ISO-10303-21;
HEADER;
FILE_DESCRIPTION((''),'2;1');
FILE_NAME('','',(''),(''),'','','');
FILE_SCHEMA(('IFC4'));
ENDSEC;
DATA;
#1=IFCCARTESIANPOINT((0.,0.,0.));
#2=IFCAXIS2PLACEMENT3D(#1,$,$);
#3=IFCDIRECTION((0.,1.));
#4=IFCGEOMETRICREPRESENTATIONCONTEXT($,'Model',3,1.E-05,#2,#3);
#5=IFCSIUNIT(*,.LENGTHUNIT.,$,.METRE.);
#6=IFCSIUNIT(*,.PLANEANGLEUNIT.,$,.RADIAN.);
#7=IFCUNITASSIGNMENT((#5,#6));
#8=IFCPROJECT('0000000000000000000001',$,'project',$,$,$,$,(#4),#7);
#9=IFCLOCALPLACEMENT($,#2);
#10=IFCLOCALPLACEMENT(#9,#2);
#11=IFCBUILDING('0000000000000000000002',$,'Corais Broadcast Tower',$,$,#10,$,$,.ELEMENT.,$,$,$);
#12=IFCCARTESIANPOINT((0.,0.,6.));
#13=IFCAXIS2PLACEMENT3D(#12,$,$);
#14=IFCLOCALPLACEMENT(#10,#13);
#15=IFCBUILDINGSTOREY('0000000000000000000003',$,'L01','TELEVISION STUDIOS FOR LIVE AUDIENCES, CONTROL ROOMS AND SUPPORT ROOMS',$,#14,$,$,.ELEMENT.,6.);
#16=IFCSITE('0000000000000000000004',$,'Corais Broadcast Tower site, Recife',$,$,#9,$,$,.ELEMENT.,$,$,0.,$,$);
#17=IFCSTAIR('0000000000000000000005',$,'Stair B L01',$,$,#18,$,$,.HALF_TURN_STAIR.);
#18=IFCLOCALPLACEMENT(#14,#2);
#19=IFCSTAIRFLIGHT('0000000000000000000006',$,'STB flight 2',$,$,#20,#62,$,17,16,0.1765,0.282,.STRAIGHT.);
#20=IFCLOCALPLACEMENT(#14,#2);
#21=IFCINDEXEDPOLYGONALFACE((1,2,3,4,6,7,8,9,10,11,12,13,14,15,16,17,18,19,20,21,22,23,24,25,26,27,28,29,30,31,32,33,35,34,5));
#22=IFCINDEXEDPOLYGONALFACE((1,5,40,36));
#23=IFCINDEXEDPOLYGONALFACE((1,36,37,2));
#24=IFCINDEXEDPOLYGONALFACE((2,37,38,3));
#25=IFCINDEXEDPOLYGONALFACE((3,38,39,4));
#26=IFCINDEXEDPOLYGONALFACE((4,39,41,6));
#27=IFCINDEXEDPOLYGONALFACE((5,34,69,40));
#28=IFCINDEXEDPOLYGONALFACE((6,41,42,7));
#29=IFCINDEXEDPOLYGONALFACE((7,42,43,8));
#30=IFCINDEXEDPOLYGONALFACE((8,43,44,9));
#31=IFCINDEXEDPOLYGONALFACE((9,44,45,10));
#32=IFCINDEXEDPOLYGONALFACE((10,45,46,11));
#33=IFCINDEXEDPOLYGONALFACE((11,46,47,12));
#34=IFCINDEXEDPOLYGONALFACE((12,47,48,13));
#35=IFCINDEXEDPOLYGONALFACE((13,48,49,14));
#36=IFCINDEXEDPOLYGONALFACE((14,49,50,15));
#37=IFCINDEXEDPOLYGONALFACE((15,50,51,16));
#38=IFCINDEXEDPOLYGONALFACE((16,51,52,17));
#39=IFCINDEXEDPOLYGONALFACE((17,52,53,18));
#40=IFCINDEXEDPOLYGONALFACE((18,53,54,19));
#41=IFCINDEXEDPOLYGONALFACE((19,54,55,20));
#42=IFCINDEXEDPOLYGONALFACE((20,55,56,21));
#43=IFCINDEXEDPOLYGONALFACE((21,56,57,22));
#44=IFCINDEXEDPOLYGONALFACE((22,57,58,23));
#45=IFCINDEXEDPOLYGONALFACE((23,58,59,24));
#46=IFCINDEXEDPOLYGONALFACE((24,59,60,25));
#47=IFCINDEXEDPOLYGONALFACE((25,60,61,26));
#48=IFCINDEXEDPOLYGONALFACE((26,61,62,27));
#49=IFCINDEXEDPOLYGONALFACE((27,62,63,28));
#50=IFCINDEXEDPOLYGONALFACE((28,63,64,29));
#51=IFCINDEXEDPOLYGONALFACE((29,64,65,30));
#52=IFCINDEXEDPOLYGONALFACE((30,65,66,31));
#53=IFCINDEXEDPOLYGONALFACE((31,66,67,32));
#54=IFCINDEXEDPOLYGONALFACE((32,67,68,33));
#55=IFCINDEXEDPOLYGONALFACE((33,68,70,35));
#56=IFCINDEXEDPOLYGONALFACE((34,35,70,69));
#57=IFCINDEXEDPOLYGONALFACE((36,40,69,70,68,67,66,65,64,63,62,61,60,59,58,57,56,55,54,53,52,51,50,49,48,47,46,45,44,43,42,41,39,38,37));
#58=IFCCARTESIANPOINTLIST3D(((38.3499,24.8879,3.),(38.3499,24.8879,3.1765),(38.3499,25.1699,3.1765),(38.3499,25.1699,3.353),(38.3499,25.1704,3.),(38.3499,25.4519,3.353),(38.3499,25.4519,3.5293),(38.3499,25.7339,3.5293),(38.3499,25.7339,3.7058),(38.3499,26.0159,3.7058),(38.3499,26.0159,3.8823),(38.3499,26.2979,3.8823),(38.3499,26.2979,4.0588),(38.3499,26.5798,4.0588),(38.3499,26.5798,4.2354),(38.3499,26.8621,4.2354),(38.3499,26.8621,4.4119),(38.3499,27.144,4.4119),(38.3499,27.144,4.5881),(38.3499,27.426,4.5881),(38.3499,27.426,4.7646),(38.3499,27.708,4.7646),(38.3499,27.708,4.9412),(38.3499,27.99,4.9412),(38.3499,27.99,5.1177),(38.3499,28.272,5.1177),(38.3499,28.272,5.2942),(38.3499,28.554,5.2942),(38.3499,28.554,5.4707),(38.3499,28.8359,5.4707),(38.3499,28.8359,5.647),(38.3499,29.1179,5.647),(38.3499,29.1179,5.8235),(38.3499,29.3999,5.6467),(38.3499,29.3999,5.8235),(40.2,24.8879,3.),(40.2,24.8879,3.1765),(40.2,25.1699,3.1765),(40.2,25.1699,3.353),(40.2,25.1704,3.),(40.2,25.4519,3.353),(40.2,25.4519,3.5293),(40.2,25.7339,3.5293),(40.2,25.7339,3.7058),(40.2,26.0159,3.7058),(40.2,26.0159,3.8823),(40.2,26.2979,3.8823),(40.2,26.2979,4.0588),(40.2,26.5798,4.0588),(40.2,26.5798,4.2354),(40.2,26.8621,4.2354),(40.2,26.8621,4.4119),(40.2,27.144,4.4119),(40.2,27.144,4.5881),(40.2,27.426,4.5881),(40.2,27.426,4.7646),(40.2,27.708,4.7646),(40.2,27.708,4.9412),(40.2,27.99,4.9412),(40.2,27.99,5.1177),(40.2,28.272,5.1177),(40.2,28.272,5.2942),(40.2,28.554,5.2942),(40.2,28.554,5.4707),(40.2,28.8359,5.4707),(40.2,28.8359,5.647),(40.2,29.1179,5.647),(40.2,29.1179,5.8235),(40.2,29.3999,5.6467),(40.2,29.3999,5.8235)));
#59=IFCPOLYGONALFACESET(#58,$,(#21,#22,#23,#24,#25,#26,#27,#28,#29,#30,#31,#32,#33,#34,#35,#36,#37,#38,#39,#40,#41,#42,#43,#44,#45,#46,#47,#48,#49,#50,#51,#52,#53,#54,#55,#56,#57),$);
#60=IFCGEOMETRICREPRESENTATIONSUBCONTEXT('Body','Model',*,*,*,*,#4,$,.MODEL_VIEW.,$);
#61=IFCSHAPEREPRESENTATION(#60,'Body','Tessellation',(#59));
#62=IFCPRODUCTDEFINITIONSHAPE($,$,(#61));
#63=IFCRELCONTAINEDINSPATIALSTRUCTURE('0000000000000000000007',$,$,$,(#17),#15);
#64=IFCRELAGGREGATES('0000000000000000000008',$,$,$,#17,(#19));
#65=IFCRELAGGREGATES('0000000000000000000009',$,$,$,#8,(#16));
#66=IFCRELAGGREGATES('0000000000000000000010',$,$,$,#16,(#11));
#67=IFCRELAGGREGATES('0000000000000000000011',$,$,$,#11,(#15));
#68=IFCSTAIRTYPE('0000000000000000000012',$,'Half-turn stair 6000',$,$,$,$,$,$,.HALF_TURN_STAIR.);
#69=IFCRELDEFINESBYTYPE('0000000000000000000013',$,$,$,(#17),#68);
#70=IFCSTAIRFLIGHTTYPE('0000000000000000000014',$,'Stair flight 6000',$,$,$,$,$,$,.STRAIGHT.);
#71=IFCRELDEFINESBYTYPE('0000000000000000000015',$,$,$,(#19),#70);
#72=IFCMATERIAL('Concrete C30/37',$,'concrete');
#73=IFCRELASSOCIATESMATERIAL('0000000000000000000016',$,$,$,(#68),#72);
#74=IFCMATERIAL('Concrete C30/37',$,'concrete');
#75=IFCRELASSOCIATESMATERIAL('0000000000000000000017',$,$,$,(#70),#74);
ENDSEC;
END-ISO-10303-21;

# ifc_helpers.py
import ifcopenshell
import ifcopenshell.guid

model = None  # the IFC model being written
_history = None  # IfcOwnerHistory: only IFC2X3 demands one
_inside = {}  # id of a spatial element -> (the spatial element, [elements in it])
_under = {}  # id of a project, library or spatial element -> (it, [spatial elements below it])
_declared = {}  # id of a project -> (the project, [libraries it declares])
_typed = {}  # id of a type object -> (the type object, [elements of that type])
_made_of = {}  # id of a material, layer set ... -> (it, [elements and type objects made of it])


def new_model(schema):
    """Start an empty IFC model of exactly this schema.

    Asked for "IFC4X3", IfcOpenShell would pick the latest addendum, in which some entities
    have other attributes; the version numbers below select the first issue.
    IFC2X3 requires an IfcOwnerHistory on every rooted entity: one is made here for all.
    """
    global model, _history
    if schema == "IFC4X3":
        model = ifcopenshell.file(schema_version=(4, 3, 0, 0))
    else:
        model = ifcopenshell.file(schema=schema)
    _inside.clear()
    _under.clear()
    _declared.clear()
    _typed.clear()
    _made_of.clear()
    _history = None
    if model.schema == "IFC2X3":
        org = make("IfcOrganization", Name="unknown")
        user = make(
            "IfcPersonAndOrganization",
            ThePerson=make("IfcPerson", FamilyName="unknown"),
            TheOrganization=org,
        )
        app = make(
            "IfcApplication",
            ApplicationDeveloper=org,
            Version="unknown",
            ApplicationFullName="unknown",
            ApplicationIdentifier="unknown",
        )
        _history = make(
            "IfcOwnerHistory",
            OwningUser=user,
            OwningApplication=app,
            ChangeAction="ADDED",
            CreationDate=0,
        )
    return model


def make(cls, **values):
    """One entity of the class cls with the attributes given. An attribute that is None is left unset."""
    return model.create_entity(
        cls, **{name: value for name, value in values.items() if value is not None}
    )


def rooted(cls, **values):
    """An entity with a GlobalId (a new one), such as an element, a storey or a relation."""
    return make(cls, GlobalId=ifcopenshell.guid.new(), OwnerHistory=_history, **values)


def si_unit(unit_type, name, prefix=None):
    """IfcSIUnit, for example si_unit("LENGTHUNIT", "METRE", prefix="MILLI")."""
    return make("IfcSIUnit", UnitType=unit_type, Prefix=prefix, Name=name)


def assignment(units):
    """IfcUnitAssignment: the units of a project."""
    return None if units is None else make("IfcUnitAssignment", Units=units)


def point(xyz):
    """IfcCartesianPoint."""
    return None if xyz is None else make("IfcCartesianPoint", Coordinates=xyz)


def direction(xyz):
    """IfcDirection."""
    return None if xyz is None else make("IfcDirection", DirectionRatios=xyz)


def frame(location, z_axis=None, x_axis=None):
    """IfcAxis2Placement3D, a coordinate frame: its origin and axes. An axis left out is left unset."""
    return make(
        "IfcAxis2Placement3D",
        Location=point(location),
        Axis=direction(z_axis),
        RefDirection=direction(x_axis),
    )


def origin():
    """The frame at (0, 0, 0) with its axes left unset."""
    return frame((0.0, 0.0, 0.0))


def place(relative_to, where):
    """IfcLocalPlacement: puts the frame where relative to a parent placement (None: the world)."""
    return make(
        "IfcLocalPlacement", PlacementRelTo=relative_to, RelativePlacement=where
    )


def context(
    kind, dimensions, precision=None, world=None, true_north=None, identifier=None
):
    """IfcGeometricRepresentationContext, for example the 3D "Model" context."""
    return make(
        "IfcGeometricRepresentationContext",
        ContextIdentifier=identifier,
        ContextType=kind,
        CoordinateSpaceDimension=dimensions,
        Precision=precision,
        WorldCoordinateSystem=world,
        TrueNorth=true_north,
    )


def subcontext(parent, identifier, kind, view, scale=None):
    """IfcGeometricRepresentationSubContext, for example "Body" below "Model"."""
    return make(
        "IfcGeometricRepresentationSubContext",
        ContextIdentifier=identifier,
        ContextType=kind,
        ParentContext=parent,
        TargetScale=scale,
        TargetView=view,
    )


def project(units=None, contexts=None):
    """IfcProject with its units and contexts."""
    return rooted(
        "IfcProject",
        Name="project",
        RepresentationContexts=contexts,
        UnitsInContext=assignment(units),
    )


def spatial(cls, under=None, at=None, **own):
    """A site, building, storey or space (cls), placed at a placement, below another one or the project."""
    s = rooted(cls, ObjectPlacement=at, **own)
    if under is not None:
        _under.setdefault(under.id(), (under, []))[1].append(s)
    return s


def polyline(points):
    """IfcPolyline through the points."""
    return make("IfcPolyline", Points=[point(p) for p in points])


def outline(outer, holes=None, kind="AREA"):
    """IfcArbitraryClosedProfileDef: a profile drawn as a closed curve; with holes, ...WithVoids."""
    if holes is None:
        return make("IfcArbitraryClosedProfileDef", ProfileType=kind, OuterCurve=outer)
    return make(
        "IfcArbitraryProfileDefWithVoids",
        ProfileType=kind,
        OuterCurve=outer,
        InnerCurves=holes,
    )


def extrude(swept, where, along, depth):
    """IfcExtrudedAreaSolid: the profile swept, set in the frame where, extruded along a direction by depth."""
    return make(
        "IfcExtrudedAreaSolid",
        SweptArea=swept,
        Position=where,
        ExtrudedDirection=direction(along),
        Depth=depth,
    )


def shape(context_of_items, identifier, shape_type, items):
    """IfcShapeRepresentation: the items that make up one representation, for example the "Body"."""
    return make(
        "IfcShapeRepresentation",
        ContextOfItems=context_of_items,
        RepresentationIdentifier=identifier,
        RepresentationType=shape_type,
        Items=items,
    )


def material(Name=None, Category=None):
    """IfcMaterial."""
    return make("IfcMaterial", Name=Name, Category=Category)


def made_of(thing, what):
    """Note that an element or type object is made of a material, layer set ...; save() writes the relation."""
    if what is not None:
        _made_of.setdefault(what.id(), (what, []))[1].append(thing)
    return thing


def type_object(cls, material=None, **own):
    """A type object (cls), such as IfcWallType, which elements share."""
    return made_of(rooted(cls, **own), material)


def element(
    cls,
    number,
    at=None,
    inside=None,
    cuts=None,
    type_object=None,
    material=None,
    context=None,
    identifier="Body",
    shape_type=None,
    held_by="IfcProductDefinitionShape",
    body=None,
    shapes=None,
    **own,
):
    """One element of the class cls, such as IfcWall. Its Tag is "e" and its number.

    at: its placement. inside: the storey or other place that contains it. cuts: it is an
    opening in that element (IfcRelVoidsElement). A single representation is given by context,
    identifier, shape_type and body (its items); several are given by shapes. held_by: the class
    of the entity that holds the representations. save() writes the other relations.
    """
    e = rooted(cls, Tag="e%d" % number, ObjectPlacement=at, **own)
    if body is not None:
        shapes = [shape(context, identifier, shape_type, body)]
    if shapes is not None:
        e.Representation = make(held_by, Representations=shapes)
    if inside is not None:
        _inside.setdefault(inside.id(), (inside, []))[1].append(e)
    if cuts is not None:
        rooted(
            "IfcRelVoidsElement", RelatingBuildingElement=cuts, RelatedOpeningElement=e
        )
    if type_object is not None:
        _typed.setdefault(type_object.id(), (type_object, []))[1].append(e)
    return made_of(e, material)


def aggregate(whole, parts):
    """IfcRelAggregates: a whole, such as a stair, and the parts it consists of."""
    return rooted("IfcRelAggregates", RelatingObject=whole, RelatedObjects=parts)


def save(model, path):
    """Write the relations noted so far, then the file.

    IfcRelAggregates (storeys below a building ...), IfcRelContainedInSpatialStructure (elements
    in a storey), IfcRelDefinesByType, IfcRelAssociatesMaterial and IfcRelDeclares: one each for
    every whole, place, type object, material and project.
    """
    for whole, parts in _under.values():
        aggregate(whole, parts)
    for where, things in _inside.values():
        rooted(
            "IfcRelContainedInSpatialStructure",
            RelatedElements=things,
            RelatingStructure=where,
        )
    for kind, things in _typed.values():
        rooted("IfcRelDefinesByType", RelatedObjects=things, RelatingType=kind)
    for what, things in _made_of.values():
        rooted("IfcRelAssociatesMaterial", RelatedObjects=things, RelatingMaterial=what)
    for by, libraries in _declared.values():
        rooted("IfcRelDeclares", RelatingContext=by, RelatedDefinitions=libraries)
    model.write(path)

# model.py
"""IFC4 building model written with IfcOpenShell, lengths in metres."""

from ifc_helpers import new_model, si_unit, direction, frame, origin, place, context, subcontext, project, spatial, polyline, outline, extrude, material, type_object, element, aggregate, save


model = new_model("IFC4")

# Units and contexts
model_context = context("Model", 3, precision=1e-05, world=origin(), true_north=direction((0.0, 1.0)))
body_context = subcontext(model_context, "Body", "Model", "MODEL_VIEW")
ifc_project = project(units=[si_unit("LENGTHUNIT", "METRE"), si_unit("PLANEANGLEUNIT", "RADIAN")], contexts=[model_context])

# Site, building, storey
site_placement = place(None, origin())
site = spatial("IfcSite", under=ifc_project, at=site_placement, Name="Corais Broadcast Tower site, Recife", CompositionType="ELEMENT", RefElevation=0.0)
building_placement = place(site_placement, origin())
building = spatial("IfcBuilding", under=site, at=building_placement, Name="Corais Broadcast Tower", CompositionType="ELEMENT")
storey_placement = place(building_placement, frame((0.0, 0.0, 6.0)))
storey = spatial("IfcBuildingStorey", under=building, at=storey_placement, Name="L01", Description="TELEVISION STUDIOS FOR LIVE AUDIENCES, CONTROL ROOMS AND SUPPORT ROOMS", CompositionType="ELEMENT", Elevation=6.0)

# Stair, stair flight
ifc_material_1 = material(Name="Concrete C30/37", Category="concrete")
stair_type = type_object("IfcStairType", Name="Half-turn stair 6000", PredefinedType="HALF_TURN_STAIR", material=ifc_material_1)
stair_placement = place(storey_placement, origin())
stair = element("IfcStair", 1, at=stair_placement, inside=storey, type_object=stair_type, Name="Stair B L01", PredefinedType="HALF_TURN_STAIR")
ifc_material_2 = material(Name="Concrete C30/37", Category="concrete")
stair_flight_type = type_object("IfcStairFlightType", Name="Stair flight 6000", PredefinedType="STRAIGHT", material=ifc_material_2)
stair_flight_placement = place(storey_placement, frame((39.2749, 24.8879, 3.0), z_axis=(0.0, 0.0, 1.0), x_axis=(0.0, 1.0, 0.0)))
stair_flight = element("IfcStairFlight", 2, at=stair_flight_placement, type_object=stair_flight_type, Name="STB flight 2", NumberOfRisers=17, NumberOfTreads=16, PredefinedType="STRAIGHT", RiserHeight=0.1765, TreadLength=0.282, context=body_context, shape_type="SweptSolid", body=[
    extrude(outline(polyline([(0.0, 0.0), (0.0, 0.1765), (0.282, 0.1765), (0.282, 0.353), (0.564, 0.353), (0.564, 0.5293), (0.8459, 0.5293), (0.8459, 0.7058), (1.1279, 0.7058), (1.1279, 0.8823), (1.4099, 0.8823), (1.4099, 1.0588), (1.6919, 1.0588), (1.6919, 1.2354), (1.9741, 1.2354), (1.9741, 1.4119), (2.2561, 1.4119), (2.2561, 1.5881), (2.5381, 1.5881), (2.5381, 1.7646), (2.8201, 1.7646), (2.8201, 1.9412), (3.1021, 1.9412), (3.1021, 2.1177), (3.384, 2.1177), (3.384, 2.2942), (3.666, 2.2942), (3.666, 2.4707), (3.948, 2.4707), (3.948, 2.647), (4.23, 2.647), (4.23, 2.8235), (4.512, 2.8235), (4.512, 3.0), (4.512, 2.6467), (0.2825, 0.0), (0.0, 0.0)])), frame((0.0, 0.925, 0.0), z_axis=(0.0, -1.0, 0.0), x_axis=(1.0, 0.0, 0.0)), (0.0, 0.0, 1.0), 1.8501),
])
aggregate(stair, [stair_flight])

save(model, "model.ifc")
